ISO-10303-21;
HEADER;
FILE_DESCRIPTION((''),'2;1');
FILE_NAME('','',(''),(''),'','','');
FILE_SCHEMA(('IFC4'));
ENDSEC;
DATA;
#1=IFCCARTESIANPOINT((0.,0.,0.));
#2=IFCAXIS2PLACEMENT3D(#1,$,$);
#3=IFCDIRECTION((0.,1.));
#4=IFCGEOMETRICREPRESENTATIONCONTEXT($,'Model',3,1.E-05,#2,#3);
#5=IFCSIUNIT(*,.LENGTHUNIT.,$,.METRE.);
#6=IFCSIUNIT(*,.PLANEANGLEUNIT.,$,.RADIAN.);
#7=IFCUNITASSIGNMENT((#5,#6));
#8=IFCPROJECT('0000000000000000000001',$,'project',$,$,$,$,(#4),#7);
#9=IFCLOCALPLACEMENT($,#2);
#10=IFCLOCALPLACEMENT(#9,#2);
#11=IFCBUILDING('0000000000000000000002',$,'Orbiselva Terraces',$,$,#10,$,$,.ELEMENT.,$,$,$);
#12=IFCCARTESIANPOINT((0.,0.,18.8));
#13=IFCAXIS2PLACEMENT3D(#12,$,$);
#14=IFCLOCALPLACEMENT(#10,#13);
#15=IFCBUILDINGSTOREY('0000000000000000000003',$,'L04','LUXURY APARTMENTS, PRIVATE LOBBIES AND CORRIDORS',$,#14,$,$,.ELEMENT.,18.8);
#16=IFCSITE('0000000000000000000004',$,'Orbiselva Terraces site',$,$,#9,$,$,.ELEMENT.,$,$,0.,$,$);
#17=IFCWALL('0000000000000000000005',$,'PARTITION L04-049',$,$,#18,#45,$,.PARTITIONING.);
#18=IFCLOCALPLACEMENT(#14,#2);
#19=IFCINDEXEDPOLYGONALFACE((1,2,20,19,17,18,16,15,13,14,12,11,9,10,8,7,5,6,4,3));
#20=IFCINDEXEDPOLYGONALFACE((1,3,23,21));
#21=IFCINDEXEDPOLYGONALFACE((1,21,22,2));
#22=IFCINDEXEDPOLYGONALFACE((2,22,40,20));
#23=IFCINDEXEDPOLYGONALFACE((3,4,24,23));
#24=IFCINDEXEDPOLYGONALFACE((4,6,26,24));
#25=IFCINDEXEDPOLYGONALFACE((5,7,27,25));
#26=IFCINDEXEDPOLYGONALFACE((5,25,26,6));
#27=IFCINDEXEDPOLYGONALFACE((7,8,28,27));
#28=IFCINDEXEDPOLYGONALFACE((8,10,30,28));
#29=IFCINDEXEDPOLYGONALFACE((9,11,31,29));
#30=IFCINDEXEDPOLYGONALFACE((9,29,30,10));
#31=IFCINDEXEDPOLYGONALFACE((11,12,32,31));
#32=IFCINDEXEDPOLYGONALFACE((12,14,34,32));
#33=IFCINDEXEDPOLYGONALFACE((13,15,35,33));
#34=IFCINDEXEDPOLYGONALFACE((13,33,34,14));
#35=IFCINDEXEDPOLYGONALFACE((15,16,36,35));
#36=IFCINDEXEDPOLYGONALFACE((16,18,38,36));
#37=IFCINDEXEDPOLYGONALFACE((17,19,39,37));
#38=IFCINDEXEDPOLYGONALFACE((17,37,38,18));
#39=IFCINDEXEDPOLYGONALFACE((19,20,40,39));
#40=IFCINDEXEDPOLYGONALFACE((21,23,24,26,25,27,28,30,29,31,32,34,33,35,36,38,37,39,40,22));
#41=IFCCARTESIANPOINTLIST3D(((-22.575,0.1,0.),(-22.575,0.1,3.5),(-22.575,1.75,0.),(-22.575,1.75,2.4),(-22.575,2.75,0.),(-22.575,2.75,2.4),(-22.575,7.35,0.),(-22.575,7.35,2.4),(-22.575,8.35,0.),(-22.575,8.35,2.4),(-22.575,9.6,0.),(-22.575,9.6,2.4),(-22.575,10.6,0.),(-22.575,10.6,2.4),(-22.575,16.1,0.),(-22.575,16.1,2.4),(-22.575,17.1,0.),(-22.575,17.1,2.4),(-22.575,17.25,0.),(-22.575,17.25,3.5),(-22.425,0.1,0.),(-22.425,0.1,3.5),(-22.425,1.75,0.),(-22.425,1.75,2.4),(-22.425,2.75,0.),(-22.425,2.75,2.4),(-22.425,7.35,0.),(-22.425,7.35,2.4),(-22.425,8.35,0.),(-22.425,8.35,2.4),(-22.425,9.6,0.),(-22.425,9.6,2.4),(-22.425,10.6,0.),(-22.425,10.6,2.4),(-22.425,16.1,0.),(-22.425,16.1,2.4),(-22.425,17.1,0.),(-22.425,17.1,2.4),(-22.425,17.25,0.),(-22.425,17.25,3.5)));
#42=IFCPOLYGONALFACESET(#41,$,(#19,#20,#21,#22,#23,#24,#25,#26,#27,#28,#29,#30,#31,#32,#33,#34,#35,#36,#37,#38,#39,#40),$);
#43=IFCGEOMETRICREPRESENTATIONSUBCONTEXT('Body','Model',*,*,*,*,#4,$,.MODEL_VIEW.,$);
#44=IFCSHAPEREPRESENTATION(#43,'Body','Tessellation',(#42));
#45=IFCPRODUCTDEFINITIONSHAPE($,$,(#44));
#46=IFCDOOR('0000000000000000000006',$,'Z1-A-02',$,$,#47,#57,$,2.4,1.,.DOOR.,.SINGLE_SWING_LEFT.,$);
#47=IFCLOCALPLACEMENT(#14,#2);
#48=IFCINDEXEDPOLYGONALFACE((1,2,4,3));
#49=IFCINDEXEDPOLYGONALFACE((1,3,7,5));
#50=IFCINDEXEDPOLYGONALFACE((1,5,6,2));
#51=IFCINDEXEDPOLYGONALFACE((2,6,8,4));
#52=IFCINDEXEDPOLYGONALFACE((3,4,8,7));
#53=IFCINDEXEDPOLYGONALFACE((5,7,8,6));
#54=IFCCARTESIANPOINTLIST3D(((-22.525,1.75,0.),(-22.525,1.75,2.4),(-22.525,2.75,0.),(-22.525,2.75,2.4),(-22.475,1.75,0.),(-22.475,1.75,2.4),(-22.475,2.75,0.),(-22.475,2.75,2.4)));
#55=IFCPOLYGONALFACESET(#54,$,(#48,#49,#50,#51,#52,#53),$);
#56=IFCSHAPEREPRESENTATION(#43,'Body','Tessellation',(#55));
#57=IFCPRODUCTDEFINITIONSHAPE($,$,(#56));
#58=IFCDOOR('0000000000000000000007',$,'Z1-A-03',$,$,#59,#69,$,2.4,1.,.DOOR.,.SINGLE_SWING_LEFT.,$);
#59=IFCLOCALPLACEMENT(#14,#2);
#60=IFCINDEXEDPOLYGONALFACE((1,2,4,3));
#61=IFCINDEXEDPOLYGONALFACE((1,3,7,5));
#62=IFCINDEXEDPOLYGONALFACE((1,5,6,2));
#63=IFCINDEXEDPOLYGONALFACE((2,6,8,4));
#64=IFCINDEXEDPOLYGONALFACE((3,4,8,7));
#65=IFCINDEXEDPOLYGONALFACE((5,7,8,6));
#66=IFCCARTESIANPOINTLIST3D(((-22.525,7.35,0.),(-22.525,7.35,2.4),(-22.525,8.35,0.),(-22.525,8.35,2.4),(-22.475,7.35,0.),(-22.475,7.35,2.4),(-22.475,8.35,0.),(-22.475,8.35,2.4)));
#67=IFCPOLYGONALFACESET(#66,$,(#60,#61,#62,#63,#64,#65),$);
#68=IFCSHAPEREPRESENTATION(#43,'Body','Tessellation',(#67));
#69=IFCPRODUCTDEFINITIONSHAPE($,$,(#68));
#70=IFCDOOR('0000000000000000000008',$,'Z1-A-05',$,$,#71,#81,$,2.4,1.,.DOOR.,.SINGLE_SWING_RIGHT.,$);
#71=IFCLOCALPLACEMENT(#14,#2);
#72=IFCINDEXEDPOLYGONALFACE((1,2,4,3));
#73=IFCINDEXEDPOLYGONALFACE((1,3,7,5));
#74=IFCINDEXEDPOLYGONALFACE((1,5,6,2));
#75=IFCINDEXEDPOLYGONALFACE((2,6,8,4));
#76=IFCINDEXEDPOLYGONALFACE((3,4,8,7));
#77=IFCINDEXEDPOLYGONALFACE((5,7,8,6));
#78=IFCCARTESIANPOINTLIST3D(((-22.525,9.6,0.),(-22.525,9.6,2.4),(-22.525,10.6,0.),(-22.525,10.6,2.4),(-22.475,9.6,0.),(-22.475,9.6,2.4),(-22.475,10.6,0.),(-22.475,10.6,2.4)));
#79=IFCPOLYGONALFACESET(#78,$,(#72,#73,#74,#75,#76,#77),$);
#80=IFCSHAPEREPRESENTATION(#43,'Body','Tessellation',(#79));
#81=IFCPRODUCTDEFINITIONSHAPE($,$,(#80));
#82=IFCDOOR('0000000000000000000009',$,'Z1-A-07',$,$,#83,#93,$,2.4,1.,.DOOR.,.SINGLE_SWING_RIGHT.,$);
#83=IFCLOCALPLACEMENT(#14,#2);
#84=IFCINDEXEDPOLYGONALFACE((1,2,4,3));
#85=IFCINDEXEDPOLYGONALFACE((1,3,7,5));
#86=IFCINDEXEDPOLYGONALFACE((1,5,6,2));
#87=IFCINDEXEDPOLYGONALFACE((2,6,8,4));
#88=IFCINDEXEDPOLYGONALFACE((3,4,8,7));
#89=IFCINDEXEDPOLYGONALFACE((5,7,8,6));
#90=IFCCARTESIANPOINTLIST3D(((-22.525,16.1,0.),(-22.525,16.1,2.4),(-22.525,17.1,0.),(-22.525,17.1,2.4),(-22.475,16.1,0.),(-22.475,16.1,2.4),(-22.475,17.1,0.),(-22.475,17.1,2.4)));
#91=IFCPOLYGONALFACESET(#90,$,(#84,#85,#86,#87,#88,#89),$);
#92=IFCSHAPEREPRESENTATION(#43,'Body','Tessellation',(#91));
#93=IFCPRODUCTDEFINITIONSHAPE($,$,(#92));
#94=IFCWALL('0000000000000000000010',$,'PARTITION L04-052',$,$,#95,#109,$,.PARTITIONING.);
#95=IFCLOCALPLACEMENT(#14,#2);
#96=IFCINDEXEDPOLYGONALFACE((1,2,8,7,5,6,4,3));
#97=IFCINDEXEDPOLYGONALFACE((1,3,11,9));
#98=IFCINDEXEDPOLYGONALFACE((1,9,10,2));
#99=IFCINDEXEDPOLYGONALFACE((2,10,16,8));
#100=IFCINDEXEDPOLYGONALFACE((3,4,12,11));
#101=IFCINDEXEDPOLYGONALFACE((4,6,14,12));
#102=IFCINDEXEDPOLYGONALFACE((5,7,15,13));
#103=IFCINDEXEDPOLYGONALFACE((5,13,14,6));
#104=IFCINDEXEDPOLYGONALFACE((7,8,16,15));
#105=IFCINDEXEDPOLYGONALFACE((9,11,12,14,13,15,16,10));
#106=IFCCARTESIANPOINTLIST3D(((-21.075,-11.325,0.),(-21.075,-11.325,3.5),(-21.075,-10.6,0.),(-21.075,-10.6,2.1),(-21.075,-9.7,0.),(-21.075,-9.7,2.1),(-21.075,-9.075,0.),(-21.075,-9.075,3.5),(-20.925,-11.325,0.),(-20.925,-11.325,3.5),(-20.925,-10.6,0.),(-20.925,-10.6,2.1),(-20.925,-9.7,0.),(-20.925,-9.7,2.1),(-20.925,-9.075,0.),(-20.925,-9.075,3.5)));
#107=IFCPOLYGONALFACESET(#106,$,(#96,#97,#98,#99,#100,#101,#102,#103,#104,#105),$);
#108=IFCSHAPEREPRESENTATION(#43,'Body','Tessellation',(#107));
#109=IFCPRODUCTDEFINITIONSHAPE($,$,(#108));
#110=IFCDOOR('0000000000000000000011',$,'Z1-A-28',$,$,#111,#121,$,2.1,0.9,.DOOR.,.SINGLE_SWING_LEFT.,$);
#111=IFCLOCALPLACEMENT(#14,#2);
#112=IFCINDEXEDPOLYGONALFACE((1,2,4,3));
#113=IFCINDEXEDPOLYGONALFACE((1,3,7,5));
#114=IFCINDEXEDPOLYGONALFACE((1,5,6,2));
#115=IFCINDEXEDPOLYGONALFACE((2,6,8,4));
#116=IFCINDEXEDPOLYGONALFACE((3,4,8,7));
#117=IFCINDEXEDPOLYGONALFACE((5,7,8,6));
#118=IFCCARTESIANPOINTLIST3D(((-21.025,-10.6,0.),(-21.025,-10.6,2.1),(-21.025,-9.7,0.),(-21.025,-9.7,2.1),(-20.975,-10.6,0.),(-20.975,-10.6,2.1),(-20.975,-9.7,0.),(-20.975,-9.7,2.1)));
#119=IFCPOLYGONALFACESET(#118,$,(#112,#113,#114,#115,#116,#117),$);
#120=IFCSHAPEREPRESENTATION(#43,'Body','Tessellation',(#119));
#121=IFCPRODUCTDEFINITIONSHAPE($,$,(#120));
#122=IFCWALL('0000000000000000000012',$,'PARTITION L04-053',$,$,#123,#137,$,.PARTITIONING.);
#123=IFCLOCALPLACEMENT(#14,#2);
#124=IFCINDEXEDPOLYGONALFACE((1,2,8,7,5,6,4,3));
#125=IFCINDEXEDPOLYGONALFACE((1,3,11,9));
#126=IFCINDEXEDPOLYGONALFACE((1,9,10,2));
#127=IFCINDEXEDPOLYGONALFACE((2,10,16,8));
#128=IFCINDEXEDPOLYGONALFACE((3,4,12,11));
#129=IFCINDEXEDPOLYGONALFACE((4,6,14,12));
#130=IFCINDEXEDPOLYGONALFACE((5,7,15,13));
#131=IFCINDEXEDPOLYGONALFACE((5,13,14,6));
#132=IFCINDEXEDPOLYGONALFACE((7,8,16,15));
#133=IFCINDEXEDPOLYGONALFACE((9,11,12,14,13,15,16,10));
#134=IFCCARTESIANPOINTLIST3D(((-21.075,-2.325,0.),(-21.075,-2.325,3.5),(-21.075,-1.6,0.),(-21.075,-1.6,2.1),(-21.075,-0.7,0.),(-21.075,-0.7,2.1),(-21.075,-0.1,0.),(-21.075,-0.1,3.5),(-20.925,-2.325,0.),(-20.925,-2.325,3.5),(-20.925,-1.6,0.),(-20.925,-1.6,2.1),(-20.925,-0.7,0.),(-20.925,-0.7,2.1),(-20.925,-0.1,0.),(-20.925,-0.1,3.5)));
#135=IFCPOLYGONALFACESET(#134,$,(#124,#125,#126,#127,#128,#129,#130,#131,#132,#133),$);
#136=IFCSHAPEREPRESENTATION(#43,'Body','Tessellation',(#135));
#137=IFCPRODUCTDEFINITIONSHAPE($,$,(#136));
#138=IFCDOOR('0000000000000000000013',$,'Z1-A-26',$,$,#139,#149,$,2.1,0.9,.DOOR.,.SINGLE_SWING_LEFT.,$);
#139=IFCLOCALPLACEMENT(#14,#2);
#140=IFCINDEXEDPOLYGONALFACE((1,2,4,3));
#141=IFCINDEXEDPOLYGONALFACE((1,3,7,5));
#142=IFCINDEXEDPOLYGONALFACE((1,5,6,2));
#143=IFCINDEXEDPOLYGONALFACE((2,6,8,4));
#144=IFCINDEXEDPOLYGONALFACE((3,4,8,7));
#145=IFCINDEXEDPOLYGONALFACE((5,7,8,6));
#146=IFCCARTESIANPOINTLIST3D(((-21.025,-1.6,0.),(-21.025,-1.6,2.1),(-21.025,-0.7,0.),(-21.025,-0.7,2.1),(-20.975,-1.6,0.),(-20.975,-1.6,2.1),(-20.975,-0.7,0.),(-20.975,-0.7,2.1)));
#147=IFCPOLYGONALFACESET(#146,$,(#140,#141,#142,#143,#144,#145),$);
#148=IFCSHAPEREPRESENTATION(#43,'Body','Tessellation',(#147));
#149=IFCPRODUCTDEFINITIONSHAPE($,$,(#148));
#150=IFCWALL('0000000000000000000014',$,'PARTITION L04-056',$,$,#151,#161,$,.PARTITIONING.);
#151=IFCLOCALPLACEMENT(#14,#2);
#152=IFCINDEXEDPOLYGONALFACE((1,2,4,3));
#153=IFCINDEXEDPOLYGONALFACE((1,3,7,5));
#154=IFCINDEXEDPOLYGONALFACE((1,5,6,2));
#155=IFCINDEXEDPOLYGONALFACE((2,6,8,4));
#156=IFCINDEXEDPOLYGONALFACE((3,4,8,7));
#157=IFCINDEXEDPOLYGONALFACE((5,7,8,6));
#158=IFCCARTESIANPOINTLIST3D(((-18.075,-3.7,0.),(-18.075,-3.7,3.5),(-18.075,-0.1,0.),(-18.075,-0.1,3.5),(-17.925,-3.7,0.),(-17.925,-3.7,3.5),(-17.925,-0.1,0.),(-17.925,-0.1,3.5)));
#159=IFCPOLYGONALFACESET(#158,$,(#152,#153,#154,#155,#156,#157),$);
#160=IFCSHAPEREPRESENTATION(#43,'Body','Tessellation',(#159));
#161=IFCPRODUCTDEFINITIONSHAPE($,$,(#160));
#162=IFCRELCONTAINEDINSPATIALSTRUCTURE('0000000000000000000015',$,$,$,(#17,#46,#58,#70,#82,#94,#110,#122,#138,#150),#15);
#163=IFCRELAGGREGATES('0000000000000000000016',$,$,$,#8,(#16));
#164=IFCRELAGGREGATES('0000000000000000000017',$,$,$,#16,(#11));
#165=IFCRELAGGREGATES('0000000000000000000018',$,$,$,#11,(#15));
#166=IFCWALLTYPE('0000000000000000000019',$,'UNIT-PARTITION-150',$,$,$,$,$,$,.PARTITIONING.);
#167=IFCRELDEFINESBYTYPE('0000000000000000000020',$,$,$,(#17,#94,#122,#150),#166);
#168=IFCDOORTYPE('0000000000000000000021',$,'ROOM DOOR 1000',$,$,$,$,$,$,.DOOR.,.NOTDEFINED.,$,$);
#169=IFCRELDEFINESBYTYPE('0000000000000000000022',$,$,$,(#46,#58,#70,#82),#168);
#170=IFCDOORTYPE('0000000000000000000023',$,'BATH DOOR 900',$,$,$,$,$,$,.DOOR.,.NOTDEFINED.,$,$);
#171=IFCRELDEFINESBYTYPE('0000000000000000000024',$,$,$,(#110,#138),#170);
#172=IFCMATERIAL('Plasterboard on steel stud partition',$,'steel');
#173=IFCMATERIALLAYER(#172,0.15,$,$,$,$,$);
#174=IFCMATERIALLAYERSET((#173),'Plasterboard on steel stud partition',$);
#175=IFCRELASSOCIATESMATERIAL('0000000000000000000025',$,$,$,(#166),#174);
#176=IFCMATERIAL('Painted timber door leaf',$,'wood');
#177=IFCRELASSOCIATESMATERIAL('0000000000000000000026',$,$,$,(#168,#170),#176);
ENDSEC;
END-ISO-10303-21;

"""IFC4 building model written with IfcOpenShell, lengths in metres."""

from ifc_helpers import new_model, si_unit, direction, frame, frame_2d, origin, place, context, subcontext, project, spatial, rectangle, extrude, material, layer, layer_set, type_object, element, fill, save


model = new_model("IFC4")

# Units and contexts
model_context = context("Model", 3, precision=1e-05, world=origin(), true_north=direction((0.0, 1.0)))
body_context = subcontext(model_context, "Body", "Model", "MODEL_VIEW")
ifc_project = project(units=[si_unit("LENGTHUNIT", "METRE"), si_unit("PLANEANGLEUNIT", "RADIAN")], contexts=[model_context])

# Site, building, storey
site_placement = place(None, origin())
site = spatial("IfcSite", under=ifc_project, at=site_placement, Name="Orbiselva Terraces site", CompositionType="ELEMENT", RefElevation=0.0)
building_placement = place(site_placement, origin())
building = spatial("IfcBuilding", under=site, at=building_placement, Name="Orbiselva Terraces", CompositionType="ELEMENT")
storey_placement = place(building_placement, frame((0.0, 0.0, 18.8)))
storey = spatial("IfcBuildingStorey", under=building, at=storey_placement, Name="L04", Description="LUXURY APARTMENTS, PRIVATE LOBBIES AND CORRIDORS", CompositionType="ELEMENT", Elevation=18.8)

# Shared definitions
ifc_material_1 = material(Name="Plasterboard on steel stud partition", Category="steel")
ifc_layer_1 = layer(ifc_material_1, 0.15)
ifc_layer_set_1 = layer_set([ifc_layer_1], Name="Plasterboard on steel stud partition")
wall_type_1 = type_object("IfcWallType", Name="UNIT-PARTITION-150", PredefinedType="PARTITIONING", material=ifc_layer_set_1)

# Wall, openings, doors
wall_1_placement = place(storey_placement, frame((-22.5, 0.1, 0.0), z_axis=(0.0, 0.0, 1.0), x_axis=(0.0, 1.0, 0.0)))
wall_1 = element("IfcWall", 1, at=wall_1_placement, inside=storey, type_object=wall_type_1, Name="PARTITION L04-049", PredefinedType="PARTITIONING", context=body_context, shape_type="SweptSolid", body=[
    extrude(rectangle(XDim=17.15, YDim=0.15, at=frame_2d((8.575, 0.0))), origin(), (0.0, 0.0, 1.0), 3.5),
])
opening_1_placement = place(wall_1_placement, frame((1.65, 0.0, 0.0)))
opening_1 = element("IfcOpeningElement", 2, at=opening_1_placement, cuts=wall_1, PredefinedType="OPENING", context=body_context, shape_type="SweptSolid", body=[
    extrude(rectangle(XDim=1.0, YDim=2.4, at=frame_2d((0.5, 1.2))), frame((0.0, 0.085, 0.0), z_axis=(0.0, -1.0, 0.0), x_axis=(1.0, 0.0, 0.0)), (0.0, 0.0, 1.0), 0.17),
])
opening_2_placement = place(wall_1_placement, frame((7.25, 0.0, 0.0)))
opening_2 = element("IfcOpeningElement", 3, at=opening_2_placement, cuts=wall_1, PredefinedType="OPENING", context=body_context, shape_type="SweptSolid", body=[
    extrude(rectangle(XDim=1.0, YDim=2.4, at=frame_2d((0.5, 1.2))), frame((0.0, 0.085, 0.0), z_axis=(0.0, -1.0, 0.0), x_axis=(1.0, 0.0, 0.0)), (0.0, 0.0, 1.0), 0.17),
])
opening_3_placement = place(wall_1_placement, frame((9.5, 0.0, 0.0)))
opening_3 = element("IfcOpeningElement", 4, at=opening_3_placement, cuts=wall_1, PredefinedType="OPENING", context=body_context, shape_type="SweptSolid", body=[
    extrude(rectangle(XDim=1.0, YDim=2.4, at=frame_2d((0.5, 1.2))), frame((0.0, 0.085, 0.0), z_axis=(0.0, -1.0, 0.0), x_axis=(1.0, 0.0, 0.0)), (0.0, 0.0, 1.0), 0.17),
])
opening_4_placement = place(wall_1_placement, frame((16.0, 0.0, 0.0)))
opening_4 = element("IfcOpeningElement", 5, at=opening_4_placement, cuts=wall_1, PredefinedType="OPENING", context=body_context, shape_type="SweptSolid", body=[
    extrude(rectangle(XDim=1.0, YDim=2.4, at=frame_2d((0.5, 1.2))), frame((0.0, 0.085, 0.0), z_axis=(0.0, -1.0, 0.0), x_axis=(1.0, 0.0, 0.0)), (0.0, 0.0, 1.0), 0.17),
])
ifc_material_2 = material(Name="Painted timber door leaf", Category="wood")
door_type_1 = type_object("IfcDoorType", Name="ROOM DOOR 1000", OperationType="NOTDEFINED", PredefinedType="DOOR", material=ifc_material_2)
door_1_placement = place(opening_1_placement, origin())
door_1 = element("IfcDoor", 6, at=door_1_placement, inside=storey, type_object=door_type_1, Name="Z1-A-02", OperationType="SINGLE_SWING_LEFT", OverallHeight=2.4, OverallWidth=1.0, PredefinedType="DOOR", context=body_context, shape_type="SweptSolid", body=[
    extrude(rectangle(XDim=1.0, YDim=2.4, at=frame_2d((0.5, 1.2))), frame((0.0, 0.025, 0.0), z_axis=(0.0, -1.0, 0.0), x_axis=(1.0, 0.0, 0.0)), (0.0, 0.0, 1.0), 0.05),
])
fill(opening_1, door_1)
door_2_placement = place(opening_2_placement, origin())
door_2 = element("IfcDoor", 7, at=door_2_placement, inside=storey, type_object=door_type_1, Name="Z1-A-03", OperationType="SINGLE_SWING_LEFT", OverallHeight=2.4, OverallWidth=1.0, PredefinedType="DOOR", context=body_context, shape_type="SweptSolid", body=[
    extrude(rectangle(XDim=1.0, YDim=2.4, at=frame_2d((0.5, 1.2))), frame((0.0, 0.025, 0.0), z_axis=(0.0, -1.0, 0.0), x_axis=(1.0, 0.0, 0.0)), (0.0, 0.0, 1.0), 0.05),
])
fill(opening_2, door_2)
door_3_placement = place(opening_3_placement, origin())
door_3 = element("IfcDoor", 8, at=door_3_placement, inside=storey, type_object=door_type_1, Name="Z1-A-05", OperationType="SINGLE_SWING_RIGHT", OverallHeight=2.4, OverallWidth=1.0, PredefinedType="DOOR", context=body_context, shape_type="SweptSolid", body=[
    extrude(rectangle(XDim=1.0, YDim=2.4, at=frame_2d((0.5, 1.2))), frame((0.0, 0.025, 0.0), z_axis=(0.0, -1.0, 0.0), x_axis=(1.0, 0.0, 0.0)), (0.0, 0.0, 1.0), 0.05),
])
fill(opening_3, door_3)
door_4_placement = place(opening_4_placement, origin())
door_4 = element("IfcDoor", 9, at=door_4_placement, inside=storey, type_object=door_type_1, Name="Z1-A-07", OperationType="SINGLE_SWING_RIGHT", OverallHeight=2.4, OverallWidth=1.0, PredefinedType="DOOR", context=body_context, shape_type="SweptSolid", body=[
    extrude(rectangle(XDim=1.0, YDim=2.4, at=frame_2d((0.5, 1.2))), frame((0.0, 0.025, 0.0), z_axis=(0.0, -1.0, 0.0), x_axis=(1.0, 0.0, 0.0)), (0.0, 0.0, 1.0), 0.05),
])
fill(opening_4, door_4)

# Walls, openings, doors
wall_2_placement = place(storey_placement, frame((-21.0, -9.075, 0.0), z_axis=(0.0, 0.0, 1.0), x_axis=(0.0, -1.0, 0.0)))
wall_2 = element("IfcWall", 10, at=wall_2_placement, inside=storey, type_object=wall_type_1, Name="PARTITION L04-052", PredefinedType="PARTITIONING", context=body_context, shape_type="SweptSolid", body=[
    extrude(rectangle(XDim=2.25, YDim=0.15, at=frame_2d((1.125, 0.0))), origin(), (0.0, 0.0, 1.0), 3.5),
])
opening_5_placement = place(wall_2_placement, frame((0.625, 0.0, 0.0)))
opening_5 = element("IfcOpeningElement", 11, at=opening_5_placement, cuts=wall_2, PredefinedType="OPENING", context=body_context, shape_type="SweptSolid", body=[
    extrude(rectangle(XDim=0.9, YDim=2.1, at=frame_2d((0.45, 1.05))), frame((0.0, 0.085, 0.0), z_axis=(0.0, -1.0, 0.0), x_axis=(1.0, 0.0, 0.0)), (0.0, 0.0, 1.0), 0.17),
])
door_type_2 = type_object("IfcDoorType", Name="BATH DOOR 900", OperationType="NOTDEFINED", PredefinedType="DOOR", material=ifc_material_2)
door_5_placement = place(opening_5_placement, origin())
door_5 = element("IfcDoor", 12, at=door_5_placement, inside=storey, type_object=door_type_2, Name="Z1-A-28", OperationType="SINGLE_SWING_LEFT", OverallHeight=2.1, OverallWidth=0.9, PredefinedType="DOOR", context=body_context, shape_type="SweptSolid", body=[
    extrude(rectangle(XDim=0.9, YDim=2.1, at=frame_2d((0.45, 1.05))), frame((0.0, 0.025, 0.0), z_axis=(0.0, -1.0, 0.0), x_axis=(1.0, 0.0, 0.0)), (0.0, 0.0, 1.0), 0.05),
])
fill(opening_5, door_5)
wall_3_placement = place(storey_placement, frame((-21.0, -0.1, 0.0), z_axis=(0.0, 0.0, 1.0), x_axis=(0.0, -1.0, 0.0)))
wall_3 = element("IfcWall", 13, at=wall_3_placement, inside=storey, type_object=wall_type_1, Name="PARTITION L04-053", PredefinedType="PARTITIONING", context=body_context, shape_type="SweptSolid", body=[
    extrude(rectangle(XDim=2.225, YDim=0.15, at=frame_2d((1.1125, 0.0))), origin(), (0.0, 0.0, 1.0), 3.5),
])
opening_6_placement = place(wall_3_placement, frame((0.6, 0.0, 0.0)))
opening_6 = element("IfcOpeningElement", 14, at=opening_6_placement, cuts=wall_3, PredefinedType="OPENING", context=body_context, shape_type="SweptSolid", body=[
    extrude(rectangle(XDim=0.9, YDim=2.1, at=frame_2d((0.45, 1.05))), frame((0.0, 0.085, 0.0), z_axis=(0.0, -1.0, 0.0), x_axis=(1.0, 0.0, 0.0)), (0.0, 0.0, 1.0), 0.17),
])
door_6_placement = place(opening_6_placement, origin())
door_6 = element("IfcDoor", 15, at=door_6_placement, inside=storey, type_object=door_type_2, Name="Z1-A-26", OperationType="SINGLE_SWING_LEFT", OverallHeight=2.1, OverallWidth=0.9, PredefinedType="DOOR", context=body_context, shape_type="SweptSolid", body=[
    extrude(rectangle(XDim=0.9, YDim=2.1, at=frame_2d((0.45, 1.05))), frame((0.0, 0.025, 0.0), z_axis=(0.0, -1.0, 0.0), x_axis=(1.0, 0.0, 0.0)), (0.0, 0.0, 1.0), 0.05),
])
fill(opening_6, door_6)

# Wall
wall_4_placement = place(storey_placement, frame((-18.0, -3.7, 0.0), z_axis=(0.0, 0.0, 1.0), x_axis=(0.0, 1.0, 0.0)))
element("IfcWall", 16, at=wall_4_placement, inside=storey, type_object=wall_type_1, Name="PARTITION L04-056", PredefinedType="PARTITIONING", context=body_context, shape_type="SweptSolid", body=[
    extrude(rectangle(XDim=3.6, YDim=0.15, at=frame_2d((1.8, 0.0))), origin(), (0.0, 0.0, 1.0), 3.5),
])

save(model, "model.ifc")
